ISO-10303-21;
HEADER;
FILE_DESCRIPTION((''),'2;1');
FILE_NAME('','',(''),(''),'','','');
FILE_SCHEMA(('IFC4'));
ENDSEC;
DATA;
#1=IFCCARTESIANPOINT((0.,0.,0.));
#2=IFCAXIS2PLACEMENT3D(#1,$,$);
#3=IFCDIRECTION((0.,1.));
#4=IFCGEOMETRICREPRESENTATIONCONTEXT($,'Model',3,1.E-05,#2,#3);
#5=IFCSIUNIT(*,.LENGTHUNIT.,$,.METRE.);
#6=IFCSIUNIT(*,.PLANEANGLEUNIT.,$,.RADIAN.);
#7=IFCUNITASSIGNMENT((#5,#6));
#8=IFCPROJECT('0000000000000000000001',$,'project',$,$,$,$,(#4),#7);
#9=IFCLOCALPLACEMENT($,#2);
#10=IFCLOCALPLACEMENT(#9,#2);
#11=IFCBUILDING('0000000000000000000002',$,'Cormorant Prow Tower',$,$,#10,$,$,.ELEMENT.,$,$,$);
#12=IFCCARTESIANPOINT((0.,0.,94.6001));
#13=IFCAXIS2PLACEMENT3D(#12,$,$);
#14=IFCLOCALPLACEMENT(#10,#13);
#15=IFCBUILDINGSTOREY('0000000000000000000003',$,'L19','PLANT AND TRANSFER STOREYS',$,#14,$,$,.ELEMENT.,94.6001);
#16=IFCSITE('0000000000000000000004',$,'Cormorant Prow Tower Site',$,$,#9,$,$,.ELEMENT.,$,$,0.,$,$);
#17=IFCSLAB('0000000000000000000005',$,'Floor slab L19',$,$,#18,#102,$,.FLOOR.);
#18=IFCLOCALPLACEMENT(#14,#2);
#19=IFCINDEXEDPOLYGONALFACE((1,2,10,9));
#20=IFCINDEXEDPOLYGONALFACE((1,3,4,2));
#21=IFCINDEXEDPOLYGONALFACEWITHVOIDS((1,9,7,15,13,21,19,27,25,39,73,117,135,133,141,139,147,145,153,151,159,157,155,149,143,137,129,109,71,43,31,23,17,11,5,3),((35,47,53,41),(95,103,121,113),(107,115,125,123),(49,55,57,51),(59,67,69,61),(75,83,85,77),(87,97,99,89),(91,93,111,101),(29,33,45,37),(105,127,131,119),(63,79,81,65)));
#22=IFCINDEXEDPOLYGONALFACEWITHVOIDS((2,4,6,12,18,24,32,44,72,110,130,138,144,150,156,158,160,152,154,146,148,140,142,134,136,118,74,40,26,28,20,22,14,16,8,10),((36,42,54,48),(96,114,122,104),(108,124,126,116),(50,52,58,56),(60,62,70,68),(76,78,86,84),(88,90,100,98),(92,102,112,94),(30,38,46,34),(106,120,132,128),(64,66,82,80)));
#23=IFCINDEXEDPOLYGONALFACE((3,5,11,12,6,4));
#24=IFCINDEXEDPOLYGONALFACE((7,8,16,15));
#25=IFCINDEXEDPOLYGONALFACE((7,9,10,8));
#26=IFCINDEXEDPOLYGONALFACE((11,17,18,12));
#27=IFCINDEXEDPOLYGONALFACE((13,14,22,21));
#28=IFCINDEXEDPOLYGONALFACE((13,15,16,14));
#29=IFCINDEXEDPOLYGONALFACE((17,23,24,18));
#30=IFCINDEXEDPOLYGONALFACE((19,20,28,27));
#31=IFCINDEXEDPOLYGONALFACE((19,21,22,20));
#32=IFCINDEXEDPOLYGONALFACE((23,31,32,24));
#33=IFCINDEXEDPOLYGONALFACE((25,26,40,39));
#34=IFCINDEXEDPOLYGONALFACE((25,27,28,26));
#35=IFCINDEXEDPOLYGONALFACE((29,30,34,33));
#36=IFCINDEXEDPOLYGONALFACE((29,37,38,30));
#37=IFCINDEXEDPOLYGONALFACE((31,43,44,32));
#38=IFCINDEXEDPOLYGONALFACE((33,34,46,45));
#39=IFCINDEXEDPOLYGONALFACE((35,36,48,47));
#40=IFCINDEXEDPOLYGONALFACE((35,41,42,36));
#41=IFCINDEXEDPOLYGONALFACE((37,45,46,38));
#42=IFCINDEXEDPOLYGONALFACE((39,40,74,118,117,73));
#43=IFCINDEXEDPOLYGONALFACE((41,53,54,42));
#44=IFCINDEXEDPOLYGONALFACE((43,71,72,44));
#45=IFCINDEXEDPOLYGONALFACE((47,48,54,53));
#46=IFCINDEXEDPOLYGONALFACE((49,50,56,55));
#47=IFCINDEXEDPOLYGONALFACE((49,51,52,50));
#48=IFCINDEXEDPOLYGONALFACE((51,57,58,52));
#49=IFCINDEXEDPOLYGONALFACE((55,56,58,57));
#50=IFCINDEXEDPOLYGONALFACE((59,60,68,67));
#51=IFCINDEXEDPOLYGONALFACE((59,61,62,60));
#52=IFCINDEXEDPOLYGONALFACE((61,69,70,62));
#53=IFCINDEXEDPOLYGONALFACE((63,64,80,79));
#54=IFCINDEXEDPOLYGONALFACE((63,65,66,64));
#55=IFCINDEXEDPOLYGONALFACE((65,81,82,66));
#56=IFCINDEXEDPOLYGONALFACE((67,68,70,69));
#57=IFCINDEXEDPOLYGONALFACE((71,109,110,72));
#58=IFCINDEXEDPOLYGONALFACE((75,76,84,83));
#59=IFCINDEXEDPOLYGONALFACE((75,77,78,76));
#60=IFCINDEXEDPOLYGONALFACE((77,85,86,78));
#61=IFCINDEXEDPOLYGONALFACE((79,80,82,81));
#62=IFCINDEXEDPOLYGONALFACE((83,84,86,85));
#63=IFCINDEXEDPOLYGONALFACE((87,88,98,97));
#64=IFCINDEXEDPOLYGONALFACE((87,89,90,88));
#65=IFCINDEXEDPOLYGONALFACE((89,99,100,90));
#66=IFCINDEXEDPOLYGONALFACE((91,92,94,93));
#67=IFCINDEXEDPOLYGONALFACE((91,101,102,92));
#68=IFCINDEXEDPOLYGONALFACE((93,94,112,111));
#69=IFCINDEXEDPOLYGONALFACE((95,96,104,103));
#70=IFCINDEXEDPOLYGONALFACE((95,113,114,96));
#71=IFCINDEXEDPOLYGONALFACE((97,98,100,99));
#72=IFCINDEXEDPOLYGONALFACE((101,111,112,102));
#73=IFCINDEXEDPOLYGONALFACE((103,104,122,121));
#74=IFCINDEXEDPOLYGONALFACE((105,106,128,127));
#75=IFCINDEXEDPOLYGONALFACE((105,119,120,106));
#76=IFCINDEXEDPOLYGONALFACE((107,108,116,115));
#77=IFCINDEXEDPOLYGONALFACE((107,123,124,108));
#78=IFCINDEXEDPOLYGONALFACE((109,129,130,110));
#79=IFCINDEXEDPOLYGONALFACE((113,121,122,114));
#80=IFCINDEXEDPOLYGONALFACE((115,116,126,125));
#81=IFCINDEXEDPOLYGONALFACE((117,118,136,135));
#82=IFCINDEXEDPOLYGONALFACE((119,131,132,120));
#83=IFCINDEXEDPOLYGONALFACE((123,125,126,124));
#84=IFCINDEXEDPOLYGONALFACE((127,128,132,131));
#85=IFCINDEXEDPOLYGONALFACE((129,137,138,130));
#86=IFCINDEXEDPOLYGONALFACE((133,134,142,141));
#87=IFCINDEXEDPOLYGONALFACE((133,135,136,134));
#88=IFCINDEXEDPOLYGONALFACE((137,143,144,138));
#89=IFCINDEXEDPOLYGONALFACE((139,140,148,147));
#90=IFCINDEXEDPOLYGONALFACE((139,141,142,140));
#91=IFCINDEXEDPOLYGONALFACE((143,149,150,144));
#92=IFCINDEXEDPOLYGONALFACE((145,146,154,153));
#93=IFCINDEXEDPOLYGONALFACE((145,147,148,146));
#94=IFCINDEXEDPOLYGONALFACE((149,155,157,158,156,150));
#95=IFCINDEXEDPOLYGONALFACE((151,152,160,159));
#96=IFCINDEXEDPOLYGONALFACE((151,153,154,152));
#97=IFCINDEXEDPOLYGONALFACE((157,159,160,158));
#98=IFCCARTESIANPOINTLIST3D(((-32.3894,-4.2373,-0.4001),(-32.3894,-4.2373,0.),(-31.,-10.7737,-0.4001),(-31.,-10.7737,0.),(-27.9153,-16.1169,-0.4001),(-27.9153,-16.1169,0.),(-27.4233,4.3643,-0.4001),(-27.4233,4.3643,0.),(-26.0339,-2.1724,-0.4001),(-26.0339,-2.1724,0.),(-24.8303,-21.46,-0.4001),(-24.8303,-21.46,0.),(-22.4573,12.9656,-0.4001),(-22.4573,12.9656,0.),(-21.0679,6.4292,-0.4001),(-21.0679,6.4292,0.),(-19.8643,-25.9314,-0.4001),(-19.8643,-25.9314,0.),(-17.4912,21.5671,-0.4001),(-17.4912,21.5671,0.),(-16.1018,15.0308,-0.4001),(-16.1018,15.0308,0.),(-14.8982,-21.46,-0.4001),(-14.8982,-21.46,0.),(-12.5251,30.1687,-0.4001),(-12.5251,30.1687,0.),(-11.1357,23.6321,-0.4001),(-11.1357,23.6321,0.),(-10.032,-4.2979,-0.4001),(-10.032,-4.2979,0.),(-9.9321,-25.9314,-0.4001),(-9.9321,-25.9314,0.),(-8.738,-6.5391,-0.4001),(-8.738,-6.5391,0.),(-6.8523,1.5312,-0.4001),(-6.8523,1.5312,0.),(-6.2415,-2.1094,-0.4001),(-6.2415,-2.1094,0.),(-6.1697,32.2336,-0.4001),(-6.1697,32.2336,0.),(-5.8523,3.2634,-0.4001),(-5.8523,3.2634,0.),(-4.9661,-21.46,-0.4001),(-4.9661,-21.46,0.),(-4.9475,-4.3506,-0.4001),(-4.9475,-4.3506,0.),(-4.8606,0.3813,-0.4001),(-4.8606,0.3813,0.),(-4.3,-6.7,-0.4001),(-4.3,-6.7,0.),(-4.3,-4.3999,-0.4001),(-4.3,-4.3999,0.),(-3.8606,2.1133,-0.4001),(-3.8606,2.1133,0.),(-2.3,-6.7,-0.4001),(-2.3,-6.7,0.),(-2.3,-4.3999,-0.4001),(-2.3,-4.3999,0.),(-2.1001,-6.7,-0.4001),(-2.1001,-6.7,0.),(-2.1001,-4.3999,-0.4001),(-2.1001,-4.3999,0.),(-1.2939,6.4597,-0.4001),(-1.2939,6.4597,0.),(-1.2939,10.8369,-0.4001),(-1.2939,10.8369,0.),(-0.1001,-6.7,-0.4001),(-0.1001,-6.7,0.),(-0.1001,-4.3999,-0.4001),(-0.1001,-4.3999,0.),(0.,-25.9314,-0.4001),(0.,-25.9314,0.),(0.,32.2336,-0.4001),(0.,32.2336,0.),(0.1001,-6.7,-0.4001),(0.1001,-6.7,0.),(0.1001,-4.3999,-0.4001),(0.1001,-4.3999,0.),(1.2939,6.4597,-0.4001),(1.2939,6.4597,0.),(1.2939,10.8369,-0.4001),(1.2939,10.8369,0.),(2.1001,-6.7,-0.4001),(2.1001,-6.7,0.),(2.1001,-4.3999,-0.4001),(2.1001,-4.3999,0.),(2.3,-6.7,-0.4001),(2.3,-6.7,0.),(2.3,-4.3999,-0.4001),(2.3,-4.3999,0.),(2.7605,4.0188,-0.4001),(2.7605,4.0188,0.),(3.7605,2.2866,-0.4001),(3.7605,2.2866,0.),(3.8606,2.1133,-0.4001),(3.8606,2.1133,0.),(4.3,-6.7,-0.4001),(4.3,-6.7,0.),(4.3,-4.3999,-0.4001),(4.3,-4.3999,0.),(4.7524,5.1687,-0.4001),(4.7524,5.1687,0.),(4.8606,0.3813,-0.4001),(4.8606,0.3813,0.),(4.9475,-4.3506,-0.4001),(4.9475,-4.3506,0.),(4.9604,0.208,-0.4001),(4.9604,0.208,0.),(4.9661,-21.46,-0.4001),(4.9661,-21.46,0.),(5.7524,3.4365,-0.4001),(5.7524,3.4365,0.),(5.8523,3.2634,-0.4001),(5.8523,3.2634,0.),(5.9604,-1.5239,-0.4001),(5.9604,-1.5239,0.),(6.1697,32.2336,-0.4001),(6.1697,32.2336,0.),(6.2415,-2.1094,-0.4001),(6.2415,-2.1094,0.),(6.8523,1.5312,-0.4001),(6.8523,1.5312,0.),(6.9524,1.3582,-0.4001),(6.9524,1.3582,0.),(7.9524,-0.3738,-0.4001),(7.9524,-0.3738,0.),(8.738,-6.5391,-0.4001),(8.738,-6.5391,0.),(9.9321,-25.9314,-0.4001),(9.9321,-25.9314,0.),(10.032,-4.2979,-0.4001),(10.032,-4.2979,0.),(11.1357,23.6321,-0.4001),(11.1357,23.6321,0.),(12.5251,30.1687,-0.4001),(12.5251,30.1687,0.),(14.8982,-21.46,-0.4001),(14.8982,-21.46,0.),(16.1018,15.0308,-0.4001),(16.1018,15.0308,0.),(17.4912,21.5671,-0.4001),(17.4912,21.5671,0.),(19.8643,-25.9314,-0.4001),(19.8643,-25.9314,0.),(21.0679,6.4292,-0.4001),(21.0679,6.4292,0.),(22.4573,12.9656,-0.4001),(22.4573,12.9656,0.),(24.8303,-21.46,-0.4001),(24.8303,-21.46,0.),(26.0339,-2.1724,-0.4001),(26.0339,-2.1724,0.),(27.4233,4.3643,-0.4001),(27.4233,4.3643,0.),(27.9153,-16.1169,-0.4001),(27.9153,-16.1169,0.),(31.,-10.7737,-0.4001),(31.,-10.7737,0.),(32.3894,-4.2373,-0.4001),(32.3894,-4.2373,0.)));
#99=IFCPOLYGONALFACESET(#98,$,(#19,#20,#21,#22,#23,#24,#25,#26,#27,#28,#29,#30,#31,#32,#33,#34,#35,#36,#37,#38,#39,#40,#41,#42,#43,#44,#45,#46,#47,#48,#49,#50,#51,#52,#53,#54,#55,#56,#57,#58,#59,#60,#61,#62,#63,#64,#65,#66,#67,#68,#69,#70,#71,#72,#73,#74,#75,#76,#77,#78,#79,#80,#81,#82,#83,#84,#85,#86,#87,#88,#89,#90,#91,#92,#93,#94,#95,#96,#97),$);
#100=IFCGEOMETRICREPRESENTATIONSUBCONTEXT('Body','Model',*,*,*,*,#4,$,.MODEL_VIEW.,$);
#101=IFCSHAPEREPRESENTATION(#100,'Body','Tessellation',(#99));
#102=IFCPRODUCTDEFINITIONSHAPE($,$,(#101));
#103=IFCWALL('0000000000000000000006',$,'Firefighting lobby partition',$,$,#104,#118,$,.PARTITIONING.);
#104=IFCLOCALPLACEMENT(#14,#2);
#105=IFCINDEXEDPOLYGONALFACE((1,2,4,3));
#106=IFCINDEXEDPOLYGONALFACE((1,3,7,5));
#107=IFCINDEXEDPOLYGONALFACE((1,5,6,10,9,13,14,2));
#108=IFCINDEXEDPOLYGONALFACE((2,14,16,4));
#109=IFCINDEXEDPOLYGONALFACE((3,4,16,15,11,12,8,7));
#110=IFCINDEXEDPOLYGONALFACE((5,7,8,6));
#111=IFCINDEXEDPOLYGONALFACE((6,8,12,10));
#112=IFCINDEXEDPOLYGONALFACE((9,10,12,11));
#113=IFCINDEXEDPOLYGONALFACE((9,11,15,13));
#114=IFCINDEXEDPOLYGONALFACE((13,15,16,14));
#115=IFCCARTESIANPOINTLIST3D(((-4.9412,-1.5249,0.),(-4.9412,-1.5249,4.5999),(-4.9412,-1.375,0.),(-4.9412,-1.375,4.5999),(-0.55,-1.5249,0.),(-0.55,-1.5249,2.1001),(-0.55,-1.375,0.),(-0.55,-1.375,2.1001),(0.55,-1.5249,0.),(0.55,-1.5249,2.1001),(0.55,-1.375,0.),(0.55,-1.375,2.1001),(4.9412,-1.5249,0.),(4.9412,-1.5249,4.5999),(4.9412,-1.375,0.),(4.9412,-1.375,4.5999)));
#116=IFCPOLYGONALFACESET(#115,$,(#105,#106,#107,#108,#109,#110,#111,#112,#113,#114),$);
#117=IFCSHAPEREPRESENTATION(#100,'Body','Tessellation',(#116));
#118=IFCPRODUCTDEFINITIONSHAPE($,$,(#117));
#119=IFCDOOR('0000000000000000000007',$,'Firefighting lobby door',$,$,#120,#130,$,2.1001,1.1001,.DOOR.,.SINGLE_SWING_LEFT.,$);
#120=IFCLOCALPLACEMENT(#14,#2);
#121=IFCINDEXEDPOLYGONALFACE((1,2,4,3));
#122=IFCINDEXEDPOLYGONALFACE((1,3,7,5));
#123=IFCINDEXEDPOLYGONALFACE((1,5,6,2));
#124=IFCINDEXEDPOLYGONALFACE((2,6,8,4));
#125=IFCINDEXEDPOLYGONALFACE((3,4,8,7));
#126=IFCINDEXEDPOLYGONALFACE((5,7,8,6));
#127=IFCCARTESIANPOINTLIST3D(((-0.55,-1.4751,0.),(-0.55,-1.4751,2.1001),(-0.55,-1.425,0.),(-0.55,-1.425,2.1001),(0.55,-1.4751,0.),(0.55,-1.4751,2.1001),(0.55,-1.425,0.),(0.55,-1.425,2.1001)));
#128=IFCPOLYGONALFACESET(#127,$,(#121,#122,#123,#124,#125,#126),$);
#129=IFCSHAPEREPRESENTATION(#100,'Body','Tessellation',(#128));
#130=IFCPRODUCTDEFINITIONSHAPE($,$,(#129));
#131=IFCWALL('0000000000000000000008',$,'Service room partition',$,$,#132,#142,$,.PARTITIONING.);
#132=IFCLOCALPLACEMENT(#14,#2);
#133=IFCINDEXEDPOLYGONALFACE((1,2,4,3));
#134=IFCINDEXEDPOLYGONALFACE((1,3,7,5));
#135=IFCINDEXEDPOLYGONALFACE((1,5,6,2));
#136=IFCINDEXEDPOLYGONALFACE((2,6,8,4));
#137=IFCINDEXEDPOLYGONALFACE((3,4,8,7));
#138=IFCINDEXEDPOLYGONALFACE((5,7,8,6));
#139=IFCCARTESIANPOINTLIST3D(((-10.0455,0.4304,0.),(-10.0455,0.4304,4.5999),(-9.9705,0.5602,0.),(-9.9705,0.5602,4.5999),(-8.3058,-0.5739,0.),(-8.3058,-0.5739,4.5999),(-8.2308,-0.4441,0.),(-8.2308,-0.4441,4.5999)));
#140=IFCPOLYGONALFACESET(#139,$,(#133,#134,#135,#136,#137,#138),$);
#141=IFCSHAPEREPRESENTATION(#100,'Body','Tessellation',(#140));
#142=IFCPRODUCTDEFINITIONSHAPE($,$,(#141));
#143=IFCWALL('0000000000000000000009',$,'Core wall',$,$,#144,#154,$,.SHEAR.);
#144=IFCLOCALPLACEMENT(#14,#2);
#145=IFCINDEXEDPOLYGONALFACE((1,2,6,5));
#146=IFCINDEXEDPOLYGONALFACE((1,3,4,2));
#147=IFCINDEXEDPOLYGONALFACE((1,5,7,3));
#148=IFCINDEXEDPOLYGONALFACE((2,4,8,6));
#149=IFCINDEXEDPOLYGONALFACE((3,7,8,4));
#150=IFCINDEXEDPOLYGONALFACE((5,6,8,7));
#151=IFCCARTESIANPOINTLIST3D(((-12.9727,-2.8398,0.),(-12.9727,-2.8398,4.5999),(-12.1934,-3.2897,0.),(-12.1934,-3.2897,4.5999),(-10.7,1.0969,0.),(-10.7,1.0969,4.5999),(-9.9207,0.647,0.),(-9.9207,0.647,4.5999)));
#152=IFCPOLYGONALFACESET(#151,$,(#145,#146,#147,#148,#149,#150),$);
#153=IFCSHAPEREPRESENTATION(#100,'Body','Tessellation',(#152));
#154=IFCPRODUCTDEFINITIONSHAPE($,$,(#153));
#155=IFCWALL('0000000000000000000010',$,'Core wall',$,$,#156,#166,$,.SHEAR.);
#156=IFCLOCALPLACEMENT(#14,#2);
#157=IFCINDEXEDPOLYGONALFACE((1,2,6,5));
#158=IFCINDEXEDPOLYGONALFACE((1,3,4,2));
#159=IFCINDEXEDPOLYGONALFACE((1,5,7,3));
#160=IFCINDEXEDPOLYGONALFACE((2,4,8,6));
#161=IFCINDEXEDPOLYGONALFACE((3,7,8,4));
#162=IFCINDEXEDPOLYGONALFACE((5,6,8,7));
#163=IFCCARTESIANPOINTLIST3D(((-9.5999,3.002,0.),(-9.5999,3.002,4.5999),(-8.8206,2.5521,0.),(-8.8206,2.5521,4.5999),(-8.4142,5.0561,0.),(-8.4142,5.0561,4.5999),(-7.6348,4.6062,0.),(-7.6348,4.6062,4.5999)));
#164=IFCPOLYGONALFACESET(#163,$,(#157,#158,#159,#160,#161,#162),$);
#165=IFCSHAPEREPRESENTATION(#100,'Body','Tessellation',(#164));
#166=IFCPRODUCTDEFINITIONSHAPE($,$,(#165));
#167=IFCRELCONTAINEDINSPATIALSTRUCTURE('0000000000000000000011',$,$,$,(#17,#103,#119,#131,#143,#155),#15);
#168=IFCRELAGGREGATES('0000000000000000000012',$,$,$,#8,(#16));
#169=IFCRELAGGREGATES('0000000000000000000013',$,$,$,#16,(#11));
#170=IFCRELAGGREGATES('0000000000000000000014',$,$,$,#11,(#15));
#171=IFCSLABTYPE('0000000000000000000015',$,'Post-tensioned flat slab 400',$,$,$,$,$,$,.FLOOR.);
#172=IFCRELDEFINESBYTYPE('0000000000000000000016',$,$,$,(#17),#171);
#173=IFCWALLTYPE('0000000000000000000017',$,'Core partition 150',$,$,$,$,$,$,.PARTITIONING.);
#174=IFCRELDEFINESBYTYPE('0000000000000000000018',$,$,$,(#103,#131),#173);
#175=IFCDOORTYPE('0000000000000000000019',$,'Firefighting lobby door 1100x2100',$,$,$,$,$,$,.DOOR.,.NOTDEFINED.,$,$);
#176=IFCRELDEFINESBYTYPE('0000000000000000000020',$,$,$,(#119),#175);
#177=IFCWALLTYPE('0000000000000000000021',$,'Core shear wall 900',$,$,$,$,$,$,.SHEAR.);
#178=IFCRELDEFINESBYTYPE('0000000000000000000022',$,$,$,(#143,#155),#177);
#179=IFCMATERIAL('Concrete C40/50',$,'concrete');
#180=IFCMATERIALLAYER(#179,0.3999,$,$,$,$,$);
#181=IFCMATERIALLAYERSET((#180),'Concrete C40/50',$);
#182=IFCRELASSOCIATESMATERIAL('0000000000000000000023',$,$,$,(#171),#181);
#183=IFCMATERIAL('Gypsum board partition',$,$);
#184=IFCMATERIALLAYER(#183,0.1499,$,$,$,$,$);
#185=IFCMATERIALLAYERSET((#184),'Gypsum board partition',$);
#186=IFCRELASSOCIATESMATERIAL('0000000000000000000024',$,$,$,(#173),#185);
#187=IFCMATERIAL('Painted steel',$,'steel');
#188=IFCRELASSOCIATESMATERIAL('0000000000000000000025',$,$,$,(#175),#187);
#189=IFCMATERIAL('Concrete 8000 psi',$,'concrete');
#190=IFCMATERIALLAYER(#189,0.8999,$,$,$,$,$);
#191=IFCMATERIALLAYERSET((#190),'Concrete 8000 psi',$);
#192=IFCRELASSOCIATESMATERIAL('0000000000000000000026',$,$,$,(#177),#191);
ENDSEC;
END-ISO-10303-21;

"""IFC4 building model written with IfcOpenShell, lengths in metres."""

from ifc_helpers import new_model, si_unit, direction, frame, frame_2d, origin, place, context, subcontext, project, spatial, polyline, rectangle, outline, extrude, material, layer, layer_set, type_object, element, fill, save


model = new_model("IFC4")

# Units and contexts
model_context = context("Model", 3, precision=1e-05, world=origin(), true_north=direction((0.0, 1.0)))
body_context = subcontext(model_context, "Body", "Model", "MODEL_VIEW")
ifc_project = project(units=[si_unit("LENGTHUNIT", "METRE"), si_unit("PLANEANGLEUNIT", "RADIAN")], contexts=[model_context])

# Site, building, storey
site_placement = place(None, origin())
site = spatial("IfcSite", under=ifc_project, at=site_placement, Name="Cormorant Prow Tower Site", CompositionType="ELEMENT", RefElevation=0.0)
building_placement = place(site_placement, origin())
building = spatial("IfcBuilding", under=site, at=building_placement, Name="Cormorant Prow Tower", CompositionType="ELEMENT")
storey_placement = place(building_placement, frame((0.0, 0.0, 94.6001)))
storey = spatial("IfcBuildingStorey", under=building, at=storey_placement, Name="L19", Description="PLANT AND TRANSFER STOREYS", CompositionType="ELEMENT", Elevation=94.6001)

# Slab
ifc_material_1 = material(Name="Concrete C40/50", Category="concrete")
ifc_layer_1 = layer(ifc_material_1, 0.3999)
ifc_layer_set_1 = layer_set([ifc_layer_1], Name="Concrete C40/50")
slab_type = type_object("IfcSlabType", Name="Post-tensioned flat slab 400", PredefinedType="FLOOR", material=ifc_layer_set_1)
slab_placement = place(storey_placement, frame((0.0, 0.0, -0.4001)))
element("IfcSlab", 1, at=slab_placement, inside=storey, type_object=slab_type, Name="Floor slab L19", PredefinedType="FLOOR", context=body_context, shape_type="SweptSolid", body=[
    extrude(outline(polyline([(-12.5251, 30.1687), (-11.1357, 23.6321), (-17.4912, 21.5671), (-16.1018, 15.0308), (-22.4573, 12.9656), (-21.0679, 6.4292), (-27.4233, 4.3643), (-26.0339, -2.1724), (-32.3894, -4.2373), (-31.0, -10.7737), (-27.9153, -16.1169), (-24.8303, -21.46), (-19.8643, -25.9314), (-14.8982, -21.46), (-9.9321, -25.9314), (-4.9661, -21.46), (0.0, -25.9314), (4.9661, -21.46), (9.9321, -25.9314), (14.8982, -21.46), (19.8643, -25.9314), (24.8303, -21.46), (27.9153, -16.1169), (31.0, -10.7737), (32.3894, -4.2373), (26.0339, -2.1724), (27.4233, 4.3643), (21.0679, 6.4292), (22.4573, 12.9656), (16.1018, 15.0308), (17.4912, 21.5671), (11.1357, 23.6321), (12.5251, 30.1687), (6.1697, 32.2336), (0.0, 32.2336), (-6.1697, 32.2336), (-12.5251, 30.1687)]), holes=[polyline([(-4.3, -6.7), (-4.3, -4.3999), (-2.3, -4.3999), (-2.3, -6.7), (-4.3, -6.7)]), polyline([(-2.1001, -4.3999), (-0.1001, -4.3999), (-0.1001, -6.7), (-2.1001, -6.7), (-2.1001, -4.3999)]), polyline([(2.1001, -4.3999), (2.1001, -6.7), (0.1001, -6.7), (0.1001, -4.3999), (2.1001, -4.3999)]), polyline([(4.3, -6.7), (2.3, -6.7), (2.3, -4.3999), (4.3, -4.3999), (4.3, -6.7)]), polyline([(7.9524, -0.3738), (5.9604, -1.5239), (4.9604, 0.208), (6.9524, 1.3582), (7.9524, -0.3738)]), polyline([(4.8606, 0.3813), (3.8606, 2.1133), (5.8523, 3.2634), (6.8523, 1.5312), (4.8606, 0.3813)]), polyline([(2.7605, 4.0188), (4.7524, 5.1687), (5.7524, 3.4365), (3.7605, 2.2866), (2.7605, 4.0188)]), polyline([(-6.8523, 1.5312), (-5.8523, 3.2634), (-3.8606, 2.1133), (-4.8606, 0.3813), (-6.8523, 1.5312)]), polyline([(-4.9475, -4.3506), (-8.738, -6.5391), (-10.032, -4.2979), (-6.2415, -2.1094), (-4.9475, -4.3506)]), polyline([(10.032, -4.2979), (8.738, -6.5391), (4.9475, -4.3506), (6.2415, -2.1094), (10.032, -4.2979)]), polyline([(1.2939, 10.8369), (1.2939, 6.4597), (-1.2939, 6.4597), (-1.2939, 10.8369), (1.2939, 10.8369)])]), origin(), (0.0, 0.0, 1.0), 0.4001),
])

# Wall, opening, door
ifc_material_2 = material(Name="Gypsum board partition")
ifc_layer_2 = layer(ifc_material_2, 0.1499)
ifc_layer_set_2 = layer_set([ifc_layer_2], Name="Gypsum board partition")
wall_type_1 = type_object("IfcWallType", Name="Core partition 150", PredefinedType="PARTITIONING", material=ifc_layer_set_2)
wall_1_placement = place(storey_placement, frame((-4.9412, -1.45, 0.0), z_axis=(0.0, 0.0, 1.0), x_axis=(1.0, 0.0, 0.0)))
wall_1 = element("IfcWall", 2, at=wall_1_placement, inside=storey, type_object=wall_type_1, Name="Firefighting lobby partition", PredefinedType="PARTITIONING", context=body_context, shape_type="SweptSolid", body=[
    extrude(rectangle(XDim=9.8823, YDim=0.1499, at=frame_2d((4.9412, 0.0))), origin(), (0.0, 0.0, 1.0), 4.5999),
])
opening_1_placement = place(wall_1_placement, frame((4.3911, 0.0, 0.0)))
opening_1 = element("IfcOpeningElement", 3, at=opening_1_placement, cuts=wall_1, PredefinedType="OPENING", context=body_context, shape_type="SweptSolid", body=[
    extrude(rectangle(XDim=1.1001, YDim=2.1001, at=frame_2d((0.55, 1.05))), frame((0.0, 0.085, 0.0), z_axis=(0.0, -1.0, 0.0), x_axis=(1.0, 0.0, 0.0)), (0.0, 0.0, 1.0), 0.1699),
])
ifc_material_3 = material(Name="Painted steel", Category="steel")
door_type_1 = type_object("IfcDoorType", Name="Firefighting lobby door 1100x2100", OperationType="NOTDEFINED", PredefinedType="DOOR", material=ifc_material_3)
door_1_placement = place(opening_1_placement, origin())
door_1 = element("IfcDoor", 4, at=door_1_placement, inside=storey, type_object=door_type_1, Name="Firefighting lobby door", OperationType="SINGLE_SWING_LEFT", OverallHeight=2.1001, OverallWidth=1.1001, PredefinedType="DOOR", context=body_context, shape_type="SweptSolid", body=[
    extrude(rectangle(XDim=1.1001, YDim=2.1001, at=frame_2d((0.55, 1.05))), frame((0.0, 0.0249, 0.0), z_axis=(0.0, -1.0, 0.0), x_axis=(1.0, 0.0, 0.0)), (0.0, 0.0, 1.0), 0.05),
])
fill(opening_1, door_1)

# Walls
wall_2_placement = place(storey_placement, frame((-8.2683, -0.509, 0.0), z_axis=(0.0, 0.0, 1.0), x_axis=(-0.866036, 0.499982, 0.0)))
element("IfcWall", 5, at=wall_2_placement, inside=storey, type_object=wall_type_1, Name="Service room partition", PredefinedType="PARTITIONING", context=body_context, shape_type="SweptSolid", body=[
    extrude(rectangle(XDim=2.0088, YDim=0.1499, at=frame_2d((1.0044, 0.0))), origin(), (0.0, 0.0, 1.0), 4.5999),
])
ifc_material_4 = material(Name="Concrete 8000 psi", Category="concrete")
ifc_layer_3 = layer(ifc_material_4, 0.8999)
ifc_layer_set_3 = layer_set([ifc_layer_3], Name="Concrete 8000 psi")
wall_type_2 = type_object("IfcWallType", Name="Core shear wall 900", PredefinedType="SHEAR", material=ifc_layer_set_3)
wall_3_placement = place(storey_placement, frame((-10.3103, 0.8721, 0.0), z_axis=(0.0, 0.0, 1.0), x_axis=(-0.499969, -0.866043, 0.0)))
element("IfcWall", 6, at=wall_3_placement, inside=storey, type_object=wall_type_2, Name="Core wall", PredefinedType="SHEAR", context=body_context, shape_type="SweptSolid", body=[
    extrude(rectangle(XDim=4.5457, YDim=0.8999, at=frame_2d((2.2729, 0.0))), origin(), (0.0, 0.0, 1.0), 4.5999),
])
wall_4_placement = place(storey_placement, frame((-8.0244, 4.8313, 0.0), z_axis=(0.0, 0.0, 1.0), x_axis=(-0.499936, -0.866062, 0.0)))
element("IfcWall", 7, at=wall_4_placement, inside=storey, type_object=wall_type_2, Name="Core wall", PredefinedType="SHEAR", context=body_context, shape_type="SweptSolid", body=[
    extrude(rectangle(XDim=2.3718, YDim=0.8999, at=frame_2d((1.186, 0.0))), origin(), (0.0, 0.0, 1.0), 4.5999),
])

save(model, "model.ifc")
